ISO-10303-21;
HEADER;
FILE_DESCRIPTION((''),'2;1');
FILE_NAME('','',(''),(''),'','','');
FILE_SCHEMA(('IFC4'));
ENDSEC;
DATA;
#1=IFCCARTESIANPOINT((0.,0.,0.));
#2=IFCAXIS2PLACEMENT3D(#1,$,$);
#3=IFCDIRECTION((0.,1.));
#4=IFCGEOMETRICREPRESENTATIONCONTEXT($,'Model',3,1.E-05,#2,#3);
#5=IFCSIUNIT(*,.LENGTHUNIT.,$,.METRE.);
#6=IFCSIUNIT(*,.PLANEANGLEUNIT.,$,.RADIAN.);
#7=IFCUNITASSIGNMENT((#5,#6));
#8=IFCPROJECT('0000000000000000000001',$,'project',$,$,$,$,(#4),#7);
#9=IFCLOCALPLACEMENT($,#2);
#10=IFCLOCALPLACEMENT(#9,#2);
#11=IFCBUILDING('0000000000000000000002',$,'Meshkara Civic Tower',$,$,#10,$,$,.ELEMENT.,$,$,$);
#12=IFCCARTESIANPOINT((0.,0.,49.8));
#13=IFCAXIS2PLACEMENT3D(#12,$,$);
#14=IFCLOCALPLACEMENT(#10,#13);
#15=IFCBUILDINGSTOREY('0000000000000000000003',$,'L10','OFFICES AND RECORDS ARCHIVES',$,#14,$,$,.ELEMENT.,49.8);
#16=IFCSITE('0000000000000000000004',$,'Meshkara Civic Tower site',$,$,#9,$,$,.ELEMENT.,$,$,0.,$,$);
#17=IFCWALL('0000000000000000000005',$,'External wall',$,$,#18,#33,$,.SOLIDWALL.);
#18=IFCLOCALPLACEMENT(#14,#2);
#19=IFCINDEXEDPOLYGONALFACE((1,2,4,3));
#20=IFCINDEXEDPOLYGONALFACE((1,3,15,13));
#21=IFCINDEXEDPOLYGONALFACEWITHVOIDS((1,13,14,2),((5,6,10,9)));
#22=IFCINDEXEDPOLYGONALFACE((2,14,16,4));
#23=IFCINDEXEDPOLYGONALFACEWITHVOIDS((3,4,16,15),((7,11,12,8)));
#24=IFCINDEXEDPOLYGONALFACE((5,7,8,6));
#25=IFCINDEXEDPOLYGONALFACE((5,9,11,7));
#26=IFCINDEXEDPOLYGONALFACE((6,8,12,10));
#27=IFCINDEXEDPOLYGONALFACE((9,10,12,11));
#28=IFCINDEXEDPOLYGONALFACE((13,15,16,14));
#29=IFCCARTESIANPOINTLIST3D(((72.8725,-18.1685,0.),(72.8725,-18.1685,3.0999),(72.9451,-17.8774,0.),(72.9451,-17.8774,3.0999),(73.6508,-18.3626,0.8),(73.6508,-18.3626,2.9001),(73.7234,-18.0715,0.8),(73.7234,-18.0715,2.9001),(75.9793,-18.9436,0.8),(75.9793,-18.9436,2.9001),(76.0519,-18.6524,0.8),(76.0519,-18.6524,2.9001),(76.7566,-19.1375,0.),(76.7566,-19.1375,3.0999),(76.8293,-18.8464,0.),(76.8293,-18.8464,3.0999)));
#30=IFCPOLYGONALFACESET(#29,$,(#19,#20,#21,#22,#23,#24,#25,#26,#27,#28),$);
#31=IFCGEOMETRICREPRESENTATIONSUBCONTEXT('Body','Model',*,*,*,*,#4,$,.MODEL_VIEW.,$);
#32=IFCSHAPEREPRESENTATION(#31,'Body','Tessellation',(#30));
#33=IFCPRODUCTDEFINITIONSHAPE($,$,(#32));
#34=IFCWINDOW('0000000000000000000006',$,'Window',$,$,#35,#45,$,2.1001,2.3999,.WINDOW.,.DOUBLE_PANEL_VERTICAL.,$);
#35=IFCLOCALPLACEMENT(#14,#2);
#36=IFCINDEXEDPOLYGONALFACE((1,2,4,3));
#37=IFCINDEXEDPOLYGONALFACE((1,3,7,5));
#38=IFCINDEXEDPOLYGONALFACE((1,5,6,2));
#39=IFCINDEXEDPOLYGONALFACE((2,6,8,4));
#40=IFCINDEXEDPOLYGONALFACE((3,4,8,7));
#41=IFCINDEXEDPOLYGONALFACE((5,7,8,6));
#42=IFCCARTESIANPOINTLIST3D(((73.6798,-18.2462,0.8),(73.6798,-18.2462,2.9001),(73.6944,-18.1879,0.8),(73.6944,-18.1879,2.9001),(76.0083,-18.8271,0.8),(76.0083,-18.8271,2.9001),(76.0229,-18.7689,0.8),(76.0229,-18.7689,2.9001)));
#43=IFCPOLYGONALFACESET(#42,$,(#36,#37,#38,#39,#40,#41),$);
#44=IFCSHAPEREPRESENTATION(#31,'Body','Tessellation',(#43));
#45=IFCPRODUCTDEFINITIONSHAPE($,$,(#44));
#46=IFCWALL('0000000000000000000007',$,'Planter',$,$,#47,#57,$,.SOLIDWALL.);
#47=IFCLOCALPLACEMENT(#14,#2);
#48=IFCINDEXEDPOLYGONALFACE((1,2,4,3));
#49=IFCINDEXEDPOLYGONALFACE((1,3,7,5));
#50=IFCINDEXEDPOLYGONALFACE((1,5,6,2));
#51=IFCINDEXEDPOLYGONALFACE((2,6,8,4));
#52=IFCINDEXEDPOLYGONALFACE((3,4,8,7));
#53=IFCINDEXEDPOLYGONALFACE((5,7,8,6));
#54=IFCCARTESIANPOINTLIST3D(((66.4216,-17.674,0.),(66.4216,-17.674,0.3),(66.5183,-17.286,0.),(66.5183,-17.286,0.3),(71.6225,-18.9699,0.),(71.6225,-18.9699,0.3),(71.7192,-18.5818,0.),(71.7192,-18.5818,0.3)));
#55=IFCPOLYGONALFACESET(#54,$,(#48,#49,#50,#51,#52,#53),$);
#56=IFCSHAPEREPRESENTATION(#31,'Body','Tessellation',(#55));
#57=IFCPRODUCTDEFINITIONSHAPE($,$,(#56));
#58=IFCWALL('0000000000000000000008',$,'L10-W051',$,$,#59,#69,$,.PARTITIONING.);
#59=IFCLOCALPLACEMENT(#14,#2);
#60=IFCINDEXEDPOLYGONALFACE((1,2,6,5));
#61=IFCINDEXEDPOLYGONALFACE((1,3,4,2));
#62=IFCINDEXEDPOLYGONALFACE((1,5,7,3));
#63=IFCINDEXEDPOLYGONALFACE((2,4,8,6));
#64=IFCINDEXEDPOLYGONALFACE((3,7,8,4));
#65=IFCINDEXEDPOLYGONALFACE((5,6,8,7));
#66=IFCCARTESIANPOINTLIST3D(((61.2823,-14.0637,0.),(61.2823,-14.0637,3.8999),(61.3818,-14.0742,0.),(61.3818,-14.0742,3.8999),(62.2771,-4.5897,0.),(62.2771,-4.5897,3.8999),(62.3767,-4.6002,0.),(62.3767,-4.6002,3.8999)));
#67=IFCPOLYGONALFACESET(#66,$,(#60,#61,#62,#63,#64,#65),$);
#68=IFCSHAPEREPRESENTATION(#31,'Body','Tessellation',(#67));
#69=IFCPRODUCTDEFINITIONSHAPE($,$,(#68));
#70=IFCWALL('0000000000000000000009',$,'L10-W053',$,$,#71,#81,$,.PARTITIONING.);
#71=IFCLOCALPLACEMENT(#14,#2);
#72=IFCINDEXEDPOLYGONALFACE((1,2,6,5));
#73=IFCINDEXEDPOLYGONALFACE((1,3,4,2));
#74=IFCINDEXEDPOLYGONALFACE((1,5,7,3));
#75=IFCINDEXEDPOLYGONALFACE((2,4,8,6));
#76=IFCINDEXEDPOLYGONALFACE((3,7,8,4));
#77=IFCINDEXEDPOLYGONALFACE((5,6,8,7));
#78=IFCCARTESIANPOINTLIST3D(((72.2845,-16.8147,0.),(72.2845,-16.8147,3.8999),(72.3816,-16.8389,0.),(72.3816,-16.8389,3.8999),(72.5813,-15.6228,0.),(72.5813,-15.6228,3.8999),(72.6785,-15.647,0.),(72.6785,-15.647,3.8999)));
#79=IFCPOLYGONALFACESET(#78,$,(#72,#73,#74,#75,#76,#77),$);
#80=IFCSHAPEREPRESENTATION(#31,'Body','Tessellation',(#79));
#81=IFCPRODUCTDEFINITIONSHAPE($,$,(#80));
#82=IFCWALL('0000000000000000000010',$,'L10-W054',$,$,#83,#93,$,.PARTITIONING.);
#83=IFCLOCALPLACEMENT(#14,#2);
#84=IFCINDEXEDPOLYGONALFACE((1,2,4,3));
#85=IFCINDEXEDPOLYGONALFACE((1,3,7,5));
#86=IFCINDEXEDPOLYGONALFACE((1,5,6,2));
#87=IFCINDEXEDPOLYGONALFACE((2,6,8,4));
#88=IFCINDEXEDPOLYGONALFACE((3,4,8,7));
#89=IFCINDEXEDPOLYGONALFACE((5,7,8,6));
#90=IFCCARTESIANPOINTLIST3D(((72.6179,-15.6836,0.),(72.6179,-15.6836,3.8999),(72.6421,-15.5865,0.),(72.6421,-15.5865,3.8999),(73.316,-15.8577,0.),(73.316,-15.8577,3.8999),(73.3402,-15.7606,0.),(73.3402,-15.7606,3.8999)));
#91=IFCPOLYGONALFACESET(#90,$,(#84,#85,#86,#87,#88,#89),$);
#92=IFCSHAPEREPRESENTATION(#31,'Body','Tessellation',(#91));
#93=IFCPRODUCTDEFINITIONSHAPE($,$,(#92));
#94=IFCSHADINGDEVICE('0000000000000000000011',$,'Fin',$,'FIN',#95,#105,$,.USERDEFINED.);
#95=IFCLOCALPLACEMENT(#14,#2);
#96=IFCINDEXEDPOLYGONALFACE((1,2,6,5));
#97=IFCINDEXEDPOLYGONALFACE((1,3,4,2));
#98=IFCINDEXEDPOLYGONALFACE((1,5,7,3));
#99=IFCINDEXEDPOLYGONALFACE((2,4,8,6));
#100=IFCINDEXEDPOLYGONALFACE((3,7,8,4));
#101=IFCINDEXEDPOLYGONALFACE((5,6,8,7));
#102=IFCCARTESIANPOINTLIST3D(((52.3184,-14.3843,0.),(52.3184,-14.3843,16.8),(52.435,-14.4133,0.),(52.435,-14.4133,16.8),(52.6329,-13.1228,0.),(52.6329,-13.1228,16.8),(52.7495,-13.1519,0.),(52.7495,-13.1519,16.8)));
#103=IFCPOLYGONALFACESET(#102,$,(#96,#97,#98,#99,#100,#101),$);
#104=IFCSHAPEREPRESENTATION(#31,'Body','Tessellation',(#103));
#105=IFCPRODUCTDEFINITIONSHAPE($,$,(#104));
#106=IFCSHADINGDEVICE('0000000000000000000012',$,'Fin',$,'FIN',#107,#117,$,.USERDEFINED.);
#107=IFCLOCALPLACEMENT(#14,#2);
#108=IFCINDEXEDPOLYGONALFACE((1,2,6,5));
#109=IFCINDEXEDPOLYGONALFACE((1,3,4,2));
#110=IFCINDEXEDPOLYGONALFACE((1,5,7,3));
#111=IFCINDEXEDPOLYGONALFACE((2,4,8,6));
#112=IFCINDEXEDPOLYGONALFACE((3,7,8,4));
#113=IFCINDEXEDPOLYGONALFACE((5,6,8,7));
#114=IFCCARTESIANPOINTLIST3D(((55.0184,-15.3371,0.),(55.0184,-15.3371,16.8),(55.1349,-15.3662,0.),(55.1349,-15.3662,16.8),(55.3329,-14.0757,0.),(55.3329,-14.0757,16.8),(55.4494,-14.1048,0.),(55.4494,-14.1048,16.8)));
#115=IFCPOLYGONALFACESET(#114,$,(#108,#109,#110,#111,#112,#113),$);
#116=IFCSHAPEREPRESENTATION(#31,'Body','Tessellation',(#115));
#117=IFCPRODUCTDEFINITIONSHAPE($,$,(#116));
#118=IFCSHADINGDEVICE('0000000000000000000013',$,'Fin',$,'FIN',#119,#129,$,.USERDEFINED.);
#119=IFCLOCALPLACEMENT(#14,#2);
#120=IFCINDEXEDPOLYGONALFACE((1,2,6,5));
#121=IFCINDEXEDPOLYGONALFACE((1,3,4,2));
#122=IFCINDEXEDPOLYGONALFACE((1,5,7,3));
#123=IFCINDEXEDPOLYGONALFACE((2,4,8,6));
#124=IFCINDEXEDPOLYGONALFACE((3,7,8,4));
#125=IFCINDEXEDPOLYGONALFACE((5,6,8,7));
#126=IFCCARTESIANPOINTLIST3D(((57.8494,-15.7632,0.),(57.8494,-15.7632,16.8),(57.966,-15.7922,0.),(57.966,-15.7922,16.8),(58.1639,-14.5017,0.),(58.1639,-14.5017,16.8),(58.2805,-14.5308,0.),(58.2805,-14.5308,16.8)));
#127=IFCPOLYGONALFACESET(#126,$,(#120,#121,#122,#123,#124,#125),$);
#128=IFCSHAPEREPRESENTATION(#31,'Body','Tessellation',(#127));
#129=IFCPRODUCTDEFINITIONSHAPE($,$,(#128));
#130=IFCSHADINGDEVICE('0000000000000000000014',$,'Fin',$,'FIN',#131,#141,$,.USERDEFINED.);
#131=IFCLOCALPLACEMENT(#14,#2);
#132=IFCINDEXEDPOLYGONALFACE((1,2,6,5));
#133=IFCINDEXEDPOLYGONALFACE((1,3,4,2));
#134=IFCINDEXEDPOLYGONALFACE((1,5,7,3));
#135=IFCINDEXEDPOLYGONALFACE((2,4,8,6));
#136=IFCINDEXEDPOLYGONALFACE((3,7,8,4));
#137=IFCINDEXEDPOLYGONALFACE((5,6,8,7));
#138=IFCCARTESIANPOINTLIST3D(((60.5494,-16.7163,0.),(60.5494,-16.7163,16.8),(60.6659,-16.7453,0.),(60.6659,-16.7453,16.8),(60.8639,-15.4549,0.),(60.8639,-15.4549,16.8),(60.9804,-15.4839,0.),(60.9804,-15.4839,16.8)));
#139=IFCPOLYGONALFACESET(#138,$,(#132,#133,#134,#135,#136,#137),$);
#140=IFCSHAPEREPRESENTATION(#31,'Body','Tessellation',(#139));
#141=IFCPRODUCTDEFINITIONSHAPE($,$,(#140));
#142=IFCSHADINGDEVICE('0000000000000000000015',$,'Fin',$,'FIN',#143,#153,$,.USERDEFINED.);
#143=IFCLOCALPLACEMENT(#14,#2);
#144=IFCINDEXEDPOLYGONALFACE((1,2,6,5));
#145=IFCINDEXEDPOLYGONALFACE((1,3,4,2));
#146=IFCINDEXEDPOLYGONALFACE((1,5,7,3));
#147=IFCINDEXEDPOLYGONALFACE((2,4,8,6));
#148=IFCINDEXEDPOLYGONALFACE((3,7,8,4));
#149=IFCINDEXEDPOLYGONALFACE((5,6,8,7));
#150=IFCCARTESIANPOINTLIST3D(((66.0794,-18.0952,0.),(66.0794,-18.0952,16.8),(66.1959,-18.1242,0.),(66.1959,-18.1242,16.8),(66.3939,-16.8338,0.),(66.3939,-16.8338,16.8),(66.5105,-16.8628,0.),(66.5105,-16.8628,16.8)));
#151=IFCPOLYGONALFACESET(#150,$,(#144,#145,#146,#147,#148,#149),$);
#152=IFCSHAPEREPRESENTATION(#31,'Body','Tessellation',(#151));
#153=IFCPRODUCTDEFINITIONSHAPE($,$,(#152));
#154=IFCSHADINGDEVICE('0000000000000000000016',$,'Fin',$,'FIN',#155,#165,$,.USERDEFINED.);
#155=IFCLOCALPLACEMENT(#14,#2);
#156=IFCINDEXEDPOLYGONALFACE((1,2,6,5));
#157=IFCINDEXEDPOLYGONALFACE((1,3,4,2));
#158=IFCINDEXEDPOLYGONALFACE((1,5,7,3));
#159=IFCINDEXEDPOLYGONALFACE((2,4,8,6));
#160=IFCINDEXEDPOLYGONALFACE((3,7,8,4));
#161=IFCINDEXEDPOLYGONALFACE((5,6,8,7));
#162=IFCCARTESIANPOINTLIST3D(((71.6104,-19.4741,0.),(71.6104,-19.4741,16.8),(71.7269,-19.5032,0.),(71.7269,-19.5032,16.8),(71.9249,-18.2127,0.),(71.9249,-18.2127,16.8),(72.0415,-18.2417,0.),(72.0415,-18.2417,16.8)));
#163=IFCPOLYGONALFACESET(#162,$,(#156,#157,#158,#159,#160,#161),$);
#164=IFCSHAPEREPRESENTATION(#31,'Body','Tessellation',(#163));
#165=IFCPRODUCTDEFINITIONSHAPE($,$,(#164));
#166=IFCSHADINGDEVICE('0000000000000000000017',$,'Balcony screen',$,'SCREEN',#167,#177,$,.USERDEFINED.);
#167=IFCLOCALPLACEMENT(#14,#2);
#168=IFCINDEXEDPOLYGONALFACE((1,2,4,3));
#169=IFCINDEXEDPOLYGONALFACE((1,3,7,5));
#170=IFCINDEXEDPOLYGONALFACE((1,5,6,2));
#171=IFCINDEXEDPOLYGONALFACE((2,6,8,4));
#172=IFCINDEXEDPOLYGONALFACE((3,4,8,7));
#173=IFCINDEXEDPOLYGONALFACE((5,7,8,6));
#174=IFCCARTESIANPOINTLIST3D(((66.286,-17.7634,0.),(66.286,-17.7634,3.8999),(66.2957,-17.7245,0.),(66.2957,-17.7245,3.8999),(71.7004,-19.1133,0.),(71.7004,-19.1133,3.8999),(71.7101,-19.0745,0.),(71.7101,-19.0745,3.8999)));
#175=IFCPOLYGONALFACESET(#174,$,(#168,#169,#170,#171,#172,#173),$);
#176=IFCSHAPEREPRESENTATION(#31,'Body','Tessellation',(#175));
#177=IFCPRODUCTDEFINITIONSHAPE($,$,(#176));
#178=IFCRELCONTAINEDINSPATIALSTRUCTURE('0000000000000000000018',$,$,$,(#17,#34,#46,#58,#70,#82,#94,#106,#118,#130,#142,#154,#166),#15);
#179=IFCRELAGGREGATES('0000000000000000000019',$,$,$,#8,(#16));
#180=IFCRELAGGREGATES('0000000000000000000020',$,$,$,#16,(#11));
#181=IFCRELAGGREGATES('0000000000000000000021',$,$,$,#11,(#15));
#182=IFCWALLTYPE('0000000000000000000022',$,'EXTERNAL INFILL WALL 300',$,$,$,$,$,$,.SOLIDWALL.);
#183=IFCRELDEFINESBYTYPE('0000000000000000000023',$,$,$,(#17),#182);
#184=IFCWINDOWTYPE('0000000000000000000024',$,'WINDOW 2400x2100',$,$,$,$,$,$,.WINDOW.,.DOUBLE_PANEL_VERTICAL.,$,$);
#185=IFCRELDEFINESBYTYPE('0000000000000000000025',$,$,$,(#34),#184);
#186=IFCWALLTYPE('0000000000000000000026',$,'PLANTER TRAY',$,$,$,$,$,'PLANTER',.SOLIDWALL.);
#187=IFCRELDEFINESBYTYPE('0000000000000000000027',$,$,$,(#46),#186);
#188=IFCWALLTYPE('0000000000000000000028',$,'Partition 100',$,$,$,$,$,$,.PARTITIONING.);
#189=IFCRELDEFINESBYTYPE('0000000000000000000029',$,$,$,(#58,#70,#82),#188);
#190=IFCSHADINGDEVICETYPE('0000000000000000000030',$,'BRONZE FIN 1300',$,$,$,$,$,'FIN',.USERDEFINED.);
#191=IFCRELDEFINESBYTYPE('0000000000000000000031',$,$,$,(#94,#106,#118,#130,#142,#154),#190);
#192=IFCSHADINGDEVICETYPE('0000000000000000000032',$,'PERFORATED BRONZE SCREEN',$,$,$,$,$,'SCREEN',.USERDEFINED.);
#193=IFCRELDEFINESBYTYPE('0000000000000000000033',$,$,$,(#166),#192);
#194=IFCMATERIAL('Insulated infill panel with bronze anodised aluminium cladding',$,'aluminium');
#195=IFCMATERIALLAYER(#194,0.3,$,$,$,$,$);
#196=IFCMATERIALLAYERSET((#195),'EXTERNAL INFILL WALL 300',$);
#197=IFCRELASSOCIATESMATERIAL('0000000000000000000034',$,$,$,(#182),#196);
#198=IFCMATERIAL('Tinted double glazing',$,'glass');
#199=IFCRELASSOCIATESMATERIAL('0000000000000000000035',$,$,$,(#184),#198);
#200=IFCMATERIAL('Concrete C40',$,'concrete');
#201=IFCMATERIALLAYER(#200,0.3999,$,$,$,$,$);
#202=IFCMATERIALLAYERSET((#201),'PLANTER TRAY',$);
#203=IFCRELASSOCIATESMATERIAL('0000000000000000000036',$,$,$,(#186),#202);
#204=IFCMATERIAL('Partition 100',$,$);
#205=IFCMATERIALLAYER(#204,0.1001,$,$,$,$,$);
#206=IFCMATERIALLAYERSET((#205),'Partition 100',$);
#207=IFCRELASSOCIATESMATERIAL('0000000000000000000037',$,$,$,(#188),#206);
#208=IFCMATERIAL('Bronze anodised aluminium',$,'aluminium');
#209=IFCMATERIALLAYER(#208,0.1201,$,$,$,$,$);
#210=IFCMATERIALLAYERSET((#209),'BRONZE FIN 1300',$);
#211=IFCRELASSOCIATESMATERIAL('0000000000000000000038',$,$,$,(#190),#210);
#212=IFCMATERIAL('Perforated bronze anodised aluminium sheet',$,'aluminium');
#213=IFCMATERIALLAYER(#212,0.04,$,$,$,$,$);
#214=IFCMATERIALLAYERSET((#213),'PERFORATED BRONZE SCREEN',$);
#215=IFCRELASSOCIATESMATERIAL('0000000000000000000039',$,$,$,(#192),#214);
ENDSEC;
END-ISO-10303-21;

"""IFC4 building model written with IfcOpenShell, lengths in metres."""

from ifc_helpers import new_model, si_unit, direction, frame, frame_2d, origin, origin_2d, place, context, subcontext, project, spatial, rectangle, extrude, material, layer, layer_set, type_object, element, fill, save


model = new_model("IFC4")

# Units and contexts
model_context = context("Model", 3, precision=1e-05, world=origin(), true_north=direction((0.0, 1.0)))
body_context = subcontext(model_context, "Body", "Model", "MODEL_VIEW")
ifc_project = project(units=[si_unit("LENGTHUNIT", "METRE"), si_unit("PLANEANGLEUNIT", "RADIAN")], contexts=[model_context])

# Site, building, storey
site_placement = place(None, origin())
site = spatial("IfcSite", under=ifc_project, at=site_placement, Name="Meshkara Civic Tower site", CompositionType="ELEMENT", RefElevation=0.0)
building_placement = place(site_placement, origin())
building = spatial("IfcBuilding", under=site, at=building_placement, Name="Meshkara Civic Tower", CompositionType="ELEMENT")
storey_placement = place(building_placement, frame((0.0, 0.0, 49.8)))
storey = spatial("IfcBuildingStorey", under=building, at=storey_placement, Name="L10", Description="OFFICES AND RECORDS ARCHIVES", CompositionType="ELEMENT", Elevation=49.8)

# Wall, opening, window
ifc_material_1 = material(Name="Insulated infill panel with bronze anodised aluminium cladding", Category="aluminium")
ifc_layer_1 = layer(ifc_material_1, 0.3)
ifc_layer_set_1 = layer_set([ifc_layer_1], Name="EXTERNAL INFILL WALL 300")
wall_type_1 = type_object("IfcWallType", Name="EXTERNAL INFILL WALL 300", PredefinedType="SOLIDWALL", material=ifc_layer_set_1)
ifc_material_2 = material(Name="Tinted double glazing", Category="glass")
window_type = type_object("IfcWindowType", Name="WINDOW 2400x2100", PartitioningType="DOUBLE_PANEL_VERTICAL", PredefinedType="WINDOW", material=ifc_material_2)
wall_1_placement = place(storey_placement, frame((72.9089, -18.0229, 0.0), z_axis=(0.0, 0.0, 1.0), x_axis=(0.970261, -0.242062, 0.0)))
wall_1 = element("IfcWall", 1, at=wall_1_placement, inside=storey, type_object=wall_type_1, Name="External wall", PredefinedType="SOLIDWALL", context=body_context, shape_type="SweptSolid", body=[
    extrude(rectangle(XDim=4.0032, YDim=0.3, at=frame_2d((2.0015, 0.0))), origin(), (0.0, 0.0, 1.0), 3.0999),
])
opening_1_placement = place(wall_1_placement, frame((0.802, 0.0, 0.8)))
opening_1 = element("IfcOpeningElement", 2, at=opening_1_placement, cuts=wall_1, PredefinedType="OPENING", context=body_context, shape_type="SweptSolid", body=[
    extrude(rectangle(XDim=2.3999, YDim=2.1001, at=frame_2d((1.2, 1.05))), frame((0.0, 0.1599, 0.0), z_axis=(0.0, -1.0, 0.0), x_axis=(1.0, 0.0, 0.0)), (0.0, 0.0, 1.0), 0.3201),
])
window_1_placement = place(opening_1_placement, origin())
window_1 = element("IfcWindow", 3, at=window_1_placement, inside=storey, type_object=window_type, Name="Window", OverallHeight=2.1001, OverallWidth=2.3999, PartitioningType="DOUBLE_PANEL_VERTICAL", PredefinedType="WINDOW", context=body_context, shape_type="SweptSolid", body=[
    extrude(rectangle(XDim=2.3999, YDim=2.1001, at=frame_2d((1.2, 1.05))), frame((0.0, 0.03, 0.0), z_axis=(0.0, -1.0, 0.0), x_axis=(1.0, 0.0, 0.0)), (0.0, 0.0, 1.0), 0.0601),
])
fill(opening_1, window_1)

# Walls
ifc_material_3 = material(Name="Concrete C40", Category="concrete")
ifc_layer_2 = layer(ifc_material_3, 0.3999)
ifc_layer_set_2 = layer_set([ifc_layer_2], Name="PLANTER TRAY")
wall_type_2 = type_object("IfcWallType", Name="PLANTER TRAY", ElementType="PLANTER", PredefinedType="SOLIDWALL", material=ifc_layer_set_2)
wall_2_placement = place(storey_placement, frame((66.47, -17.48, 0.0), z_axis=(0.0, 0.0, 1.0), x_axis=(0.970332, -0.241775, 0.0)))
element("IfcWall", 4, at=wall_2_placement, inside=storey, type_object=wall_type_2, Name="Planter", PredefinedType="SOLIDWALL", context=body_context, shape_type="SweptSolid", body=[
    extrude(rectangle(XDim=5.3599, YDim=0.3999, at=frame_2d((2.6799, 0.0))), origin(), (0.0, 0.0, 1.0), 0.3),
])
ifc_material_4 = material(Name="Partition 100")
ifc_layer_3 = layer(ifc_material_4, 0.1001)
ifc_layer_set_3 = layer_set([ifc_layer_3], Name="Partition 100")
wall_type_3 = type_object("IfcWallType", Name="Partition 100", PredefinedType="PARTITIONING", material=ifc_layer_set_3)
wall_3_placement = place(storey_placement, frame((61.332, -14.0691, 0.0), z_axis=(0.0, 0.0, 1.0), x_axis=(0.104435, 0.994532, 0.0)))
element("IfcWall", 5, at=wall_3_placement, inside=storey, type_object=wall_type_3, Name="L10-W051", PredefinedType="PARTITIONING", context=body_context, shape_type="SweptSolid", body=[
    extrude(rectangle(XDim=9.5261, YDim=0.1001, at=frame_2d((4.7632, 0.0))), origin(), (0.0, 0.0, 1.0), 3.8999),
])
wall_4_placement = place(storey_placement, frame((72.333, -16.8269, 0.0), z_axis=(0.0, 0.0, 1.0), x_axis=(0.241694, 0.970353, 0.0)))
element("IfcWall", 6, at=wall_4_placement, inside=storey, type_object=wall_type_3, Name="L10-W053", PredefinedType="PARTITIONING", context=body_context, shape_type="SweptSolid", body=[
    extrude(rectangle(XDim=1.2283, YDim=0.1001, at=frame_2d((0.6143, 0.0))), origin(), (0.0, 0.0, 1.0), 3.8999),
])
wall_5_placement = place(storey_placement, frame((72.6299, -15.635, 0.0), z_axis=(0.0, 0.0, 1.0), x_axis=(0.970282, -0.241977, 0.0)))
element("IfcWall", 7, at=wall_5_placement, inside=storey, type_object=wall_type_3, Name="L10-W054", PredefinedType="PARTITIONING", context=body_context, shape_type="SweptSolid", body=[
    extrude(rectangle(XDim=0.7195, YDim=0.1001, at=frame_2d((0.3599, 0.0))), origin(), (0.0, 0.0, 1.0), 3.8999),
])

# Shading devices
ifc_material_5 = material(Name="Bronze anodised aluminium", Category="aluminium")
ifc_layer_4 = layer(ifc_material_5, 0.1201)
ifc_layer_set_4 = layer_set([ifc_layer_4], Name="BRONZE FIN 1300")
shading_device_type_1 = type_object("IfcShadingDeviceType", Name="BRONZE FIN 1300", ElementType="FIN", PredefinedType="USERDEFINED", material=ifc_layer_set_4)
for number, where, z_axis, x_axis, name in (
    (8, (52.5339, -13.7681, 0.0), (0.0, 0.0, 1.0), (0.970296, -0.241922, 0.0), "Fin"),
    (9, (55.2339, -14.7209, 0.0), (0.0, 0.0, 1.0), (0.970296, -0.241922, 0.0), "Fin"),
    (10, (58.0649, -15.147, 0.0), (0.0, 0.0, 1.0), (0.970296, -0.241922, 0.0), "Fin"),
    (11, (60.7649, -16.1001, 0.0), (0.0, 0.0, 1.0), (0.970296, -0.241922, 0.0), "Fin"),
    (12, (66.2949, -17.479, 0.0), (0.0, 0.0, 1.0), (0.970296, -0.241922, 0.0), "Fin"),
    (13, (71.8259, -18.8579, 0.0), (0.0, 0.0, 1.0), (0.970296, -0.241922, 0.0), "Fin"),
):
    element("IfcShadingDevice", number, at=place(storey_placement, frame(where, z_axis=z_axis, x_axis=x_axis)), inside=storey, type_object=shading_device_type_1, Name=name, ObjectType="FIN", PredefinedType="USERDEFINED", context=body_context, shape_type="SweptSolid", body=[
        extrude(rectangle(XDim=0.1201, YDim=1.3, at=origin_2d()), origin(), (0.0, 0.0, 1.0), 16.8),
    ])
ifc_material_6 = material(Name="Perforated bronze anodised aluminium sheet", Category="aluminium")
ifc_layer_5 = layer(ifc_material_6, 0.04)
ifc_layer_set_5 = layer_set([ifc_layer_5], Name="PERFORATED BRONZE SCREEN")
shading_device_type_2 = type_object("IfcShadingDeviceType", Name="PERFORATED BRONZE SCREEN", ElementType="SCREEN", PredefinedType="USERDEFINED", material=ifc_layer_set_5)
shading_device_placement = place(storey_placement, frame((68.998, -18.4189, 0.0), z_axis=(0.0, 0.0, 1.0), x_axis=(0.970296, -0.241922, 0.0)))
element("IfcShadingDevice", 14, at=shading_device_placement, inside=storey, type_object=shading_device_type_2, Name="Balcony screen", ObjectType="SCREEN", PredefinedType="USERDEFINED", context=body_context, shape_type="SweptSolid", body=[
    extrude(rectangle(XDim=5.5801, YDim=0.04, at=origin_2d()), origin(), (0.0, 0.0, 1.0), 3.8999),
])

save(model, "model.ifc")
